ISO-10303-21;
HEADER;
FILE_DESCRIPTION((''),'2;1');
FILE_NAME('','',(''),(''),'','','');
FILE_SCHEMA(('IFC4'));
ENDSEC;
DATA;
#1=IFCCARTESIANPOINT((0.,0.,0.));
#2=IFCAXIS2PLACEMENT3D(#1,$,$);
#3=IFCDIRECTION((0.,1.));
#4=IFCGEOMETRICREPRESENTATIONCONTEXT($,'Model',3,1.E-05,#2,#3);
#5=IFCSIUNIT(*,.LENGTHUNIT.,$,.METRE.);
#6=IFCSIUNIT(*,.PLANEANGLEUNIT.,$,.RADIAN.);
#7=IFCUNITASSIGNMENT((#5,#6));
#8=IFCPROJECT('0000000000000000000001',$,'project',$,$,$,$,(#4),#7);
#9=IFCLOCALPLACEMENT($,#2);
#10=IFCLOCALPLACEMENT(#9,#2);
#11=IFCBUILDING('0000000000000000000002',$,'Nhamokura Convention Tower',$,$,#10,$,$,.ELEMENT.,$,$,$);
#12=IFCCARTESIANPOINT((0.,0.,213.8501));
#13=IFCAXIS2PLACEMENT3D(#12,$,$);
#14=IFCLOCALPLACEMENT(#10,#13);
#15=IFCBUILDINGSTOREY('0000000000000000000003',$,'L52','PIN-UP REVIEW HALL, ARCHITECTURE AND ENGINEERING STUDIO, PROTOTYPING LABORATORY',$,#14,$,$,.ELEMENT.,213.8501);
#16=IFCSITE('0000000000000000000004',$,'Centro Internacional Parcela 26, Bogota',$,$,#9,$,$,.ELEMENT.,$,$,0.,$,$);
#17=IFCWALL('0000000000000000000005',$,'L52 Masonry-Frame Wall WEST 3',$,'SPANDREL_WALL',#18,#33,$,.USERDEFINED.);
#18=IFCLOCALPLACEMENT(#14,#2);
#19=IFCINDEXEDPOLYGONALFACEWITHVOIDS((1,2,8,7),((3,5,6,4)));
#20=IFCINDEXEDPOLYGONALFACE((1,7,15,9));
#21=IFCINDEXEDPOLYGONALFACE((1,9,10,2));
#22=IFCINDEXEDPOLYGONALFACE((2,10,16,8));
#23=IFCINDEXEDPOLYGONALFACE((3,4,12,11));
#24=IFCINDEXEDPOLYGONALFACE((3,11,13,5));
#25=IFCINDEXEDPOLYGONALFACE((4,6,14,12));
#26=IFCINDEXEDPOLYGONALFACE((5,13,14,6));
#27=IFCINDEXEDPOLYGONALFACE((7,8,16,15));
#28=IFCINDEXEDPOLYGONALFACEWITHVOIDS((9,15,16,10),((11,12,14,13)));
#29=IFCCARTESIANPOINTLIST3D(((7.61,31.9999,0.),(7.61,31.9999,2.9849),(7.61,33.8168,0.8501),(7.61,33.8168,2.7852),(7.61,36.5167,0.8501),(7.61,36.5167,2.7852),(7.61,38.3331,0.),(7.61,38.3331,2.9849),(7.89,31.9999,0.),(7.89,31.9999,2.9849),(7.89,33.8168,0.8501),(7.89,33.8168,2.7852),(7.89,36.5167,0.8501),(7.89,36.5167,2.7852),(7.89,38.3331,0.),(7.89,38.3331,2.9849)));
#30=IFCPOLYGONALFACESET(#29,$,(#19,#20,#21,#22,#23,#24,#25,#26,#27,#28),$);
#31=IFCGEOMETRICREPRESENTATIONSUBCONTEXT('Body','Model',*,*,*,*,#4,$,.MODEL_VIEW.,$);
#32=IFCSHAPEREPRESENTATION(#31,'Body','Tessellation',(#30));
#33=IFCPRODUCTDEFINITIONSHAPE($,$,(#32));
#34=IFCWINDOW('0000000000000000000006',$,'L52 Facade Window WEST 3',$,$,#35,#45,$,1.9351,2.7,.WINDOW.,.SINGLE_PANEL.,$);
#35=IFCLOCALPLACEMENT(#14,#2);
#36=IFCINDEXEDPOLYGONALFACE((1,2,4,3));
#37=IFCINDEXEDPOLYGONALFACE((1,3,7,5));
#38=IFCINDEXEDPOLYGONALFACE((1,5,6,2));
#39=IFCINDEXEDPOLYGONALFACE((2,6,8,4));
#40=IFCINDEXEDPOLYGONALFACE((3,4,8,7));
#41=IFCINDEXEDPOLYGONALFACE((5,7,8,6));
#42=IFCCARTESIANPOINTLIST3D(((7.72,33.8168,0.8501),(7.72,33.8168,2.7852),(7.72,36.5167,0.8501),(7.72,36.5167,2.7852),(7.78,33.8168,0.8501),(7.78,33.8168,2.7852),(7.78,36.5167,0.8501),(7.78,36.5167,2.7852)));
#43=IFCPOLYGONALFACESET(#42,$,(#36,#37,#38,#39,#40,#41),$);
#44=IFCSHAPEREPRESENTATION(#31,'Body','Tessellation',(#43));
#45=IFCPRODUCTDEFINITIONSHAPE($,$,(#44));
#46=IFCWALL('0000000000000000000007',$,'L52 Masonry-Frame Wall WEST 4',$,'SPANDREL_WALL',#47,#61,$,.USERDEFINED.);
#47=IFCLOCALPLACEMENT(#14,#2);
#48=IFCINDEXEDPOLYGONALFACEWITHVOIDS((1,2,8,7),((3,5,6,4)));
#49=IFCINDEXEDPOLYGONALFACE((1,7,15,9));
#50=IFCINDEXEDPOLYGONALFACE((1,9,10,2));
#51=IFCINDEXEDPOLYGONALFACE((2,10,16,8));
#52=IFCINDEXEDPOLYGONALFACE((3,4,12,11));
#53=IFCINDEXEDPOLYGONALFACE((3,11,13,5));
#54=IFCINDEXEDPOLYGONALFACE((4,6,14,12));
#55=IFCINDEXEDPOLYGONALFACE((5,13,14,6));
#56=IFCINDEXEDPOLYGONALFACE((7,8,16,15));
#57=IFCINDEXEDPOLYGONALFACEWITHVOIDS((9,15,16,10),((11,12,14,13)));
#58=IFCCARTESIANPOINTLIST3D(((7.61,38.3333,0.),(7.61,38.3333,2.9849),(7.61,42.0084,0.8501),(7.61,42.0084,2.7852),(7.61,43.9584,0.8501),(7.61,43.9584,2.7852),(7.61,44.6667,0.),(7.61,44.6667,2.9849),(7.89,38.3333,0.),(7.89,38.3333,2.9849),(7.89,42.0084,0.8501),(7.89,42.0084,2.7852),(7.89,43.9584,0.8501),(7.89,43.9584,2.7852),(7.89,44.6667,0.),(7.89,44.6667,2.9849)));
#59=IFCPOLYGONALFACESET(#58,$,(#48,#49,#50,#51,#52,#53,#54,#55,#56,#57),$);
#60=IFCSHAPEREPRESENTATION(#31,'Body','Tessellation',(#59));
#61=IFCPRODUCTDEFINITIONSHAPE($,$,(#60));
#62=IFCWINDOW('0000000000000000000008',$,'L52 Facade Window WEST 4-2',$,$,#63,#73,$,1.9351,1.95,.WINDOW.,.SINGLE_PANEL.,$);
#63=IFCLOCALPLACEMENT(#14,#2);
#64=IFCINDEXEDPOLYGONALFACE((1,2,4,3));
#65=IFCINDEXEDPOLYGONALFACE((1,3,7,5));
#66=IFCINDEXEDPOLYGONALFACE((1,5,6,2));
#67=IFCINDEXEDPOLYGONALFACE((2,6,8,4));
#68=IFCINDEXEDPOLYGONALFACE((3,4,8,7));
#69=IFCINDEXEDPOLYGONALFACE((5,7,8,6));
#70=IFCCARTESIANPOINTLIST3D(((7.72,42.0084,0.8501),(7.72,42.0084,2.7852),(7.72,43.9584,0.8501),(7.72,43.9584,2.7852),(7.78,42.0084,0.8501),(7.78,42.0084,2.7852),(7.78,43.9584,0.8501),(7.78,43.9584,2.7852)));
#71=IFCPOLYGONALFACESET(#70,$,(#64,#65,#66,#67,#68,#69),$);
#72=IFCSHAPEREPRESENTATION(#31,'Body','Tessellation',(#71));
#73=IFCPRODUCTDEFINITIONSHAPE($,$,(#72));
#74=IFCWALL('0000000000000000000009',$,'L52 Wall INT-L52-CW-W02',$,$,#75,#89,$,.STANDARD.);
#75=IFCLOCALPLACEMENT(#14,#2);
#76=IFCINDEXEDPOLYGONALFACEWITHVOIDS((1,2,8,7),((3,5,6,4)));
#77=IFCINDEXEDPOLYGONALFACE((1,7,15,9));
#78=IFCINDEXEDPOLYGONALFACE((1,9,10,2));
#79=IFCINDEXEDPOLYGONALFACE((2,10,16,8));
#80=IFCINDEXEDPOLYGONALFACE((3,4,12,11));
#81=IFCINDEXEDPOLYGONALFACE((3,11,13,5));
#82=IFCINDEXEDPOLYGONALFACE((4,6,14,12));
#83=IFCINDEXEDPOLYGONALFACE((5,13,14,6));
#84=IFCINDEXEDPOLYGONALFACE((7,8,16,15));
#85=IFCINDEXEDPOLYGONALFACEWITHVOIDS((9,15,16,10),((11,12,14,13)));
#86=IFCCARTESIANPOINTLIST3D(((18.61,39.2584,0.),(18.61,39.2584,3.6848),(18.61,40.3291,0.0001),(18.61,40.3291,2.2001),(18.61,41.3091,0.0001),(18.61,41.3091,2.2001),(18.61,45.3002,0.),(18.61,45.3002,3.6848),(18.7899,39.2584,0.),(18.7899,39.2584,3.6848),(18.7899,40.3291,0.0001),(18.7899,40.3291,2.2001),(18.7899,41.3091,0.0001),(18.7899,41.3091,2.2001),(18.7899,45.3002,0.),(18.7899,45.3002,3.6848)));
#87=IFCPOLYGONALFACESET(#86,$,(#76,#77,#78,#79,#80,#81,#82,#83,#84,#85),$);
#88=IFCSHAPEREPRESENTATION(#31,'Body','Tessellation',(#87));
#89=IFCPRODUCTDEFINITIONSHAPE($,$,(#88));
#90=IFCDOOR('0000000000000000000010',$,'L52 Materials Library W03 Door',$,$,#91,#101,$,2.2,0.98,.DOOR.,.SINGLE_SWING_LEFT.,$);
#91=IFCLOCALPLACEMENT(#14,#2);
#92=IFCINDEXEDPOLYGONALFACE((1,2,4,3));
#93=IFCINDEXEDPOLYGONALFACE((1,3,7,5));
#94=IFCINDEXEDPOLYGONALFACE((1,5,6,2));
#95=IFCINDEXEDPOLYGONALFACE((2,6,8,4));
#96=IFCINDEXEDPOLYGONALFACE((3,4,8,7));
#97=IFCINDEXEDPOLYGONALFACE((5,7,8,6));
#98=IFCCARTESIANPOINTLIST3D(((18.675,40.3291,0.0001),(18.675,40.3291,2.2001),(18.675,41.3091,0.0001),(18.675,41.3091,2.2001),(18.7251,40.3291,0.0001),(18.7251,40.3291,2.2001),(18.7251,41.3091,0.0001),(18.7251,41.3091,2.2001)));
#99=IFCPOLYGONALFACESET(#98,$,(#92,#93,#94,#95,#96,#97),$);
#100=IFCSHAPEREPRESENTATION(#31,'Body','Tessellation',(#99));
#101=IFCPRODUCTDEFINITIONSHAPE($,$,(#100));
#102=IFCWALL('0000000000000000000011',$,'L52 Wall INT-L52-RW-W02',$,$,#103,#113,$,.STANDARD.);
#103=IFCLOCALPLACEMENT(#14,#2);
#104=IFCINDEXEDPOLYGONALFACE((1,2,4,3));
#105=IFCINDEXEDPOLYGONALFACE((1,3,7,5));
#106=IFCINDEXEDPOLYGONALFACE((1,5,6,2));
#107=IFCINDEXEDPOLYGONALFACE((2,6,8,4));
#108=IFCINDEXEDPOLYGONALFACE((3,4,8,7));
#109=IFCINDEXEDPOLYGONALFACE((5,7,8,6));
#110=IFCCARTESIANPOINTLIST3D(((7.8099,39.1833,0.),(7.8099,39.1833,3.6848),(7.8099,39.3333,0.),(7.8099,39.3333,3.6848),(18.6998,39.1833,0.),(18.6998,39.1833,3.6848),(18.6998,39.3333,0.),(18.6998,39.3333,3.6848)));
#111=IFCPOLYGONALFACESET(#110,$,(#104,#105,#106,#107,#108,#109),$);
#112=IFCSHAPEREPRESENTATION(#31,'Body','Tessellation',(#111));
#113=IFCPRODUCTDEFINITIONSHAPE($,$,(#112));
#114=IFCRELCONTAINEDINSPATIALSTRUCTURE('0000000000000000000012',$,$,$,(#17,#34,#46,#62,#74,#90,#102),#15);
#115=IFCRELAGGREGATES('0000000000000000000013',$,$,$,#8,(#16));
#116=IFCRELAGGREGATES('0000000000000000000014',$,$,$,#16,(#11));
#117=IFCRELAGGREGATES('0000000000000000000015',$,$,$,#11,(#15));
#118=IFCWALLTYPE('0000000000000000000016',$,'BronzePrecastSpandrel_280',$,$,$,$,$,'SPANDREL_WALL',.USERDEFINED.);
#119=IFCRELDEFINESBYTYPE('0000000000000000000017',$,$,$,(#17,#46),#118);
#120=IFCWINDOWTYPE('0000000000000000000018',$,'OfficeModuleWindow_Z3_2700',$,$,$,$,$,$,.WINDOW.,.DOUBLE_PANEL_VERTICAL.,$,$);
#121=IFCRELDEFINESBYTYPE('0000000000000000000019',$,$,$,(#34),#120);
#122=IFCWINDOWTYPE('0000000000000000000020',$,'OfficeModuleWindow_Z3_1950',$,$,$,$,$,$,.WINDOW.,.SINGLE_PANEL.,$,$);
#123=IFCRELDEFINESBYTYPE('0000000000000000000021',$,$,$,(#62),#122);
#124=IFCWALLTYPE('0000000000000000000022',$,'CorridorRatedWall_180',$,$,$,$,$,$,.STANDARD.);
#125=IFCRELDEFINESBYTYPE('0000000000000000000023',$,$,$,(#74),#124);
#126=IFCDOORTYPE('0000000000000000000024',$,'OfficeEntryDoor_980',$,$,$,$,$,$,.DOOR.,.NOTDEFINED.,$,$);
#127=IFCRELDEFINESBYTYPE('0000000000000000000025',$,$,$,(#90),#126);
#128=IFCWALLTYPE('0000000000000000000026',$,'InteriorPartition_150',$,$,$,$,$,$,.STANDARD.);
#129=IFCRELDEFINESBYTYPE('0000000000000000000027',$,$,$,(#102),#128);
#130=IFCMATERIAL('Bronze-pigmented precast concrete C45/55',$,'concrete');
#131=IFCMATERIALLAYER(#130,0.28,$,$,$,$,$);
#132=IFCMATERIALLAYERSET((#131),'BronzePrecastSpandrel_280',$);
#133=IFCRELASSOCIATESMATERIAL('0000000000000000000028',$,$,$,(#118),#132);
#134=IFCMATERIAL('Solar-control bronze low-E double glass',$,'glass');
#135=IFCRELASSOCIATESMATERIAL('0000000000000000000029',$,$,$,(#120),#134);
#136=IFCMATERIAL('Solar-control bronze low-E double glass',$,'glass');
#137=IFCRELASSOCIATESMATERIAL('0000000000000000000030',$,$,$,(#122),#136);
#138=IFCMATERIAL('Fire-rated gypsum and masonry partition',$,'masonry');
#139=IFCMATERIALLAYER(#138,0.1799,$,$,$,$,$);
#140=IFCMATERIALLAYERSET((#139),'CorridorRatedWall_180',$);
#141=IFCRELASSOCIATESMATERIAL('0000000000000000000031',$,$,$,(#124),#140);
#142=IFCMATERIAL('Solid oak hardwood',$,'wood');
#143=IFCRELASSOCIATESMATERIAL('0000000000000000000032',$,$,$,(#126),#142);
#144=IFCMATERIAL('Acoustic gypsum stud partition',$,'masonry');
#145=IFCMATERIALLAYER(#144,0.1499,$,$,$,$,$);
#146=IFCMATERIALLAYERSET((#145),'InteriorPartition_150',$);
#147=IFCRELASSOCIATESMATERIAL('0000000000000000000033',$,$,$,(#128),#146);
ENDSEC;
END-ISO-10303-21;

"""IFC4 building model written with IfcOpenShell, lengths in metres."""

from ifc_helpers import new_model, si_unit, direction, frame, frame_2d, origin, place, context, subcontext, project, spatial, rectangle, extrude, material, layer, layer_set, type_object, element, fill, save


model = new_model("IFC4")

# Units and contexts
model_context = context("Model", 3, precision=1e-05, world=origin(), true_north=direction((0.0, 1.0)))
body_context = subcontext(model_context, "Body", "Model", "MODEL_VIEW")
ifc_project = project(units=[si_unit("LENGTHUNIT", "METRE"), si_unit("PLANEANGLEUNIT", "RADIAN")], contexts=[model_context])

# Site, building, storey
site_placement = place(None, origin())
site = spatial("IfcSite", under=ifc_project, at=site_placement, Name="Centro Internacional Parcela 26, Bogota", CompositionType="ELEMENT", RefElevation=0.0)
building_placement = place(site_placement, origin())
building = spatial("IfcBuilding", under=site, at=building_placement, Name="Nhamokura Convention Tower", CompositionType="ELEMENT")
storey_placement = place(building_placement, frame((0.0, 0.0, 213.8501)))
storey = spatial("IfcBuildingStorey", under=building, at=storey_placement, Name="L52", Description="PIN-UP REVIEW HALL, ARCHITECTURE AND ENGINEERING STUDIO, PROTOTYPING LABORATORY", CompositionType="ELEMENT", Elevation=213.8501)

# Walls, openings, windows
ifc_material_1 = material(Name="Bronze-pigmented precast concrete C45/55", Category="concrete")
ifc_layer_1 = layer(ifc_material_1, 0.28)
ifc_layer_set_1 = layer_set([ifc_layer_1], Name="BronzePrecastSpandrel_280")
wall_type_1 = type_object("IfcWallType", Name="BronzePrecastSpandrel_280", ElementType="SPANDREL_WALL", PredefinedType="USERDEFINED", material=ifc_layer_set_1)
wall_1_placement = place(storey_placement, frame((7.75, 32.0, 0.0), z_axis=(0.0, 0.0, 1.0), x_axis=(0.0, 1.0, 0.0)))
wall_1 = element("IfcWall", 1, at=wall_1_placement, inside=storey, type_object=wall_type_1, Name="L52 Masonry-Frame Wall WEST 3", ObjectType="SPANDREL_WALL", PredefinedType="USERDEFINED", context=body_context, shape_type="SweptSolid", body=[
    extrude(rectangle(XDim=6.3333, YDim=0.28, at=frame_2d((3.1665, 0.0))), origin(), (0.0, 0.0, 1.0), 2.9849),
])
opening_1_placement = place(wall_1_placement, frame((1.8167, 0.0, 0.8501)))
opening_1 = element("IfcOpeningElement", 2, at=opening_1_placement, cuts=wall_1, PredefinedType="OPENING", context=body_context, shape_type="SweptSolid", body=[
    extrude(rectangle(XDim=2.7, YDim=1.9351, at=frame_2d((1.3501, 0.9675))), frame((0.0, 0.1499, 0.0), z_axis=(0.0, -1.0, 0.0), x_axis=(1.0, 0.0, 0.0)), (0.0, 0.0, 1.0), 0.3),
])
ifc_material_2 = material(Name="Solar-control bronze low-E double glass", Category="glass")
window_type_1 = type_object("IfcWindowType", Name="OfficeModuleWindow_Z3_2700", PartitioningType="DOUBLE_PANEL_VERTICAL", PredefinedType="WINDOW", material=ifc_material_2)
window_1_placement = place(opening_1_placement, origin())
window_1 = element("IfcWindow", 3, at=window_1_placement, inside=storey, type_object=window_type_1, Name="L52 Facade Window WEST 3", OverallHeight=1.9351, OverallWidth=2.7, PartitioningType="SINGLE_PANEL", PredefinedType="WINDOW", context=body_context, shape_type="SweptSolid", body=[
    extrude(rectangle(XDim=2.7, YDim=1.9351, at=frame_2d((1.3501, 0.9675))), frame((0.0, 0.03, 0.0), z_axis=(0.0, -1.0, 0.0), x_axis=(1.0, 0.0, 0.0)), (0.0, 0.0, 1.0), 0.0601),
])
fill(opening_1, window_1)
wall_2_placement = place(storey_placement, frame((7.75, 38.3333, 0.0), z_axis=(0.0, 0.0, 1.0), x_axis=(0.0, 1.0, 0.0)))
wall_2 = element("IfcWall", 4, at=wall_2_placement, inside=storey, type_object=wall_type_1, Name="L52 Masonry-Frame Wall WEST 4", ObjectType="SPANDREL_WALL", PredefinedType="USERDEFINED", context=body_context, shape_type="SweptSolid", body=[
    extrude(rectangle(XDim=6.3335, YDim=0.28, at=frame_2d((3.1667, 0.0))), origin(), (0.0, 0.0, 1.0), 2.9849),
])
opening_2_placement = place(wall_2_placement, frame((3.675, 0.0, 0.8501)))
opening_2 = element("IfcOpeningElement", 5, at=opening_2_placement, cuts=wall_2, PredefinedType="OPENING", context=body_context, shape_type="SweptSolid", body=[
    extrude(rectangle(XDim=1.95, YDim=1.9351, at=frame_2d((0.9751, 0.9675))), frame((0.0, 0.1499, 0.0), z_axis=(0.0, -1.0, 0.0), x_axis=(1.0, 0.0, 0.0)), (0.0, 0.0, 1.0), 0.3),
])
ifc_material_3 = material(Name="Solar-control bronze low-E double glass", Category="glass")
window_type_2 = type_object("IfcWindowType", Name="OfficeModuleWindow_Z3_1950", PartitioningType="SINGLE_PANEL", PredefinedType="WINDOW", material=ifc_material_3)
window_2_placement = place(opening_2_placement, origin())
window_2 = element("IfcWindow", 6, at=window_2_placement, inside=storey, type_object=window_type_2, Name="L52 Facade Window WEST 4-2", OverallHeight=1.9351, OverallWidth=1.95, PartitioningType="SINGLE_PANEL", PredefinedType="WINDOW", context=body_context, shape_type="SweptSolid", body=[
    extrude(rectangle(XDim=1.95, YDim=1.9351, at=frame_2d((0.9751, 0.9675))), frame((0.0, 0.03, 0.0), z_axis=(0.0, -1.0, 0.0), x_axis=(1.0, 0.0, 0.0)), (0.0, 0.0, 1.0), 0.0601),
])
fill(opening_2, window_2)

# Wall, opening, door
ifc_material_4 = material(Name="Fire-rated gypsum and masonry partition", Category="masonry")
ifc_layer_2 = layer(ifc_material_4, 0.1799)
ifc_layer_set_2 = layer_set([ifc_layer_2], Name="CorridorRatedWall_180")
wall_type_2 = type_object("IfcWallType", Name="CorridorRatedWall_180", PredefinedType="STANDARD", material=ifc_layer_set_2)
wall_3_placement = place(storey_placement, frame((18.7, 39.2583, 0.0), z_axis=(0.0, 0.0, 1.0), x_axis=(0.0, 1.0, 0.0)))
wall_3 = element("IfcWall", 7, at=wall_3_placement, inside=storey, type_object=wall_type_2, Name="L52 Wall INT-L52-CW-W02", PredefinedType="STANDARD", context=body_context, shape_type="SweptSolid", body=[
    extrude(rectangle(XDim=6.0417, YDim=0.1799, at=frame_2d((3.021, 0.0))), origin(), (0.0, 0.0, 1.0), 3.6848),
])
opening_3_placement = place(wall_3_placement, frame((1.0708, 0.0, 0.0)))
opening_3 = element("IfcOpeningElement", 8, at=opening_3_placement, cuts=wall_3, PredefinedType="OPENING", context=body_context, shape_type="SweptSolid", body=[
    extrude(rectangle(XDim=0.98, YDim=2.2, at=frame_2d((0.49, 1.1001))), frame((0.0, 0.0999, 0.0), z_axis=(0.0, -1.0, 0.0), x_axis=(1.0, 0.0, 0.0)), (0.0, 0.0, 1.0), 0.2),
])
ifc_material_5 = material(Name="Solid oak hardwood", Category="wood")
door_type = type_object("IfcDoorType", Name="OfficeEntryDoor_980", OperationType="NOTDEFINED", PredefinedType="DOOR", material=ifc_material_5)
door_placement = place(opening_3_placement, origin())
door = element("IfcDoor", 9, at=door_placement, inside=storey, type_object=door_type, Name="L52 Materials Library W03 Door", OperationType="SINGLE_SWING_LEFT", OverallHeight=2.2, OverallWidth=0.98, PredefinedType="DOOR", context=body_context, shape_type="SweptSolid", body=[
    extrude(rectangle(XDim=0.98, YDim=2.2, at=frame_2d((0.49, 1.1001))), frame((0.0, 0.0249, 0.0), z_axis=(0.0, -1.0, 0.0), x_axis=(1.0, 0.0, 0.0)), (0.0, 0.0, 1.0), 0.05),
])
fill(opening_3, door)

# Wall
ifc_material_6 = material(Name="Acoustic gypsum stud partition", Category="masonry")
ifc_layer_3 = layer(ifc_material_6, 0.1499)
ifc_layer_set_3 = layer_set([ifc_layer_3], Name="InteriorPartition_150")
wall_type_3 = type_object("IfcWallType", Name="InteriorPartition_150", PredefinedType="STANDARD", material=ifc_layer_set_3)
wall_4_placement = place(storey_placement, frame((7.8101, 39.2583, 0.0), z_axis=(0.0, 0.0, 1.0), x_axis=(1.0, 0.0, 0.0)))
element("IfcWall", 10, at=wall_4_placement, inside=storey, type_object=wall_type_3, Name="L52 Wall INT-L52-RW-W02", PredefinedType="STANDARD", context=body_context, shape_type="SweptSolid", body=[
    extrude(rectangle(XDim=10.8899, YDim=0.1499, at=frame_2d((5.4448, 0.0))), origin(), (0.0, 0.0, 1.0), 3.6848),
])

save(model, "model.ifc")
